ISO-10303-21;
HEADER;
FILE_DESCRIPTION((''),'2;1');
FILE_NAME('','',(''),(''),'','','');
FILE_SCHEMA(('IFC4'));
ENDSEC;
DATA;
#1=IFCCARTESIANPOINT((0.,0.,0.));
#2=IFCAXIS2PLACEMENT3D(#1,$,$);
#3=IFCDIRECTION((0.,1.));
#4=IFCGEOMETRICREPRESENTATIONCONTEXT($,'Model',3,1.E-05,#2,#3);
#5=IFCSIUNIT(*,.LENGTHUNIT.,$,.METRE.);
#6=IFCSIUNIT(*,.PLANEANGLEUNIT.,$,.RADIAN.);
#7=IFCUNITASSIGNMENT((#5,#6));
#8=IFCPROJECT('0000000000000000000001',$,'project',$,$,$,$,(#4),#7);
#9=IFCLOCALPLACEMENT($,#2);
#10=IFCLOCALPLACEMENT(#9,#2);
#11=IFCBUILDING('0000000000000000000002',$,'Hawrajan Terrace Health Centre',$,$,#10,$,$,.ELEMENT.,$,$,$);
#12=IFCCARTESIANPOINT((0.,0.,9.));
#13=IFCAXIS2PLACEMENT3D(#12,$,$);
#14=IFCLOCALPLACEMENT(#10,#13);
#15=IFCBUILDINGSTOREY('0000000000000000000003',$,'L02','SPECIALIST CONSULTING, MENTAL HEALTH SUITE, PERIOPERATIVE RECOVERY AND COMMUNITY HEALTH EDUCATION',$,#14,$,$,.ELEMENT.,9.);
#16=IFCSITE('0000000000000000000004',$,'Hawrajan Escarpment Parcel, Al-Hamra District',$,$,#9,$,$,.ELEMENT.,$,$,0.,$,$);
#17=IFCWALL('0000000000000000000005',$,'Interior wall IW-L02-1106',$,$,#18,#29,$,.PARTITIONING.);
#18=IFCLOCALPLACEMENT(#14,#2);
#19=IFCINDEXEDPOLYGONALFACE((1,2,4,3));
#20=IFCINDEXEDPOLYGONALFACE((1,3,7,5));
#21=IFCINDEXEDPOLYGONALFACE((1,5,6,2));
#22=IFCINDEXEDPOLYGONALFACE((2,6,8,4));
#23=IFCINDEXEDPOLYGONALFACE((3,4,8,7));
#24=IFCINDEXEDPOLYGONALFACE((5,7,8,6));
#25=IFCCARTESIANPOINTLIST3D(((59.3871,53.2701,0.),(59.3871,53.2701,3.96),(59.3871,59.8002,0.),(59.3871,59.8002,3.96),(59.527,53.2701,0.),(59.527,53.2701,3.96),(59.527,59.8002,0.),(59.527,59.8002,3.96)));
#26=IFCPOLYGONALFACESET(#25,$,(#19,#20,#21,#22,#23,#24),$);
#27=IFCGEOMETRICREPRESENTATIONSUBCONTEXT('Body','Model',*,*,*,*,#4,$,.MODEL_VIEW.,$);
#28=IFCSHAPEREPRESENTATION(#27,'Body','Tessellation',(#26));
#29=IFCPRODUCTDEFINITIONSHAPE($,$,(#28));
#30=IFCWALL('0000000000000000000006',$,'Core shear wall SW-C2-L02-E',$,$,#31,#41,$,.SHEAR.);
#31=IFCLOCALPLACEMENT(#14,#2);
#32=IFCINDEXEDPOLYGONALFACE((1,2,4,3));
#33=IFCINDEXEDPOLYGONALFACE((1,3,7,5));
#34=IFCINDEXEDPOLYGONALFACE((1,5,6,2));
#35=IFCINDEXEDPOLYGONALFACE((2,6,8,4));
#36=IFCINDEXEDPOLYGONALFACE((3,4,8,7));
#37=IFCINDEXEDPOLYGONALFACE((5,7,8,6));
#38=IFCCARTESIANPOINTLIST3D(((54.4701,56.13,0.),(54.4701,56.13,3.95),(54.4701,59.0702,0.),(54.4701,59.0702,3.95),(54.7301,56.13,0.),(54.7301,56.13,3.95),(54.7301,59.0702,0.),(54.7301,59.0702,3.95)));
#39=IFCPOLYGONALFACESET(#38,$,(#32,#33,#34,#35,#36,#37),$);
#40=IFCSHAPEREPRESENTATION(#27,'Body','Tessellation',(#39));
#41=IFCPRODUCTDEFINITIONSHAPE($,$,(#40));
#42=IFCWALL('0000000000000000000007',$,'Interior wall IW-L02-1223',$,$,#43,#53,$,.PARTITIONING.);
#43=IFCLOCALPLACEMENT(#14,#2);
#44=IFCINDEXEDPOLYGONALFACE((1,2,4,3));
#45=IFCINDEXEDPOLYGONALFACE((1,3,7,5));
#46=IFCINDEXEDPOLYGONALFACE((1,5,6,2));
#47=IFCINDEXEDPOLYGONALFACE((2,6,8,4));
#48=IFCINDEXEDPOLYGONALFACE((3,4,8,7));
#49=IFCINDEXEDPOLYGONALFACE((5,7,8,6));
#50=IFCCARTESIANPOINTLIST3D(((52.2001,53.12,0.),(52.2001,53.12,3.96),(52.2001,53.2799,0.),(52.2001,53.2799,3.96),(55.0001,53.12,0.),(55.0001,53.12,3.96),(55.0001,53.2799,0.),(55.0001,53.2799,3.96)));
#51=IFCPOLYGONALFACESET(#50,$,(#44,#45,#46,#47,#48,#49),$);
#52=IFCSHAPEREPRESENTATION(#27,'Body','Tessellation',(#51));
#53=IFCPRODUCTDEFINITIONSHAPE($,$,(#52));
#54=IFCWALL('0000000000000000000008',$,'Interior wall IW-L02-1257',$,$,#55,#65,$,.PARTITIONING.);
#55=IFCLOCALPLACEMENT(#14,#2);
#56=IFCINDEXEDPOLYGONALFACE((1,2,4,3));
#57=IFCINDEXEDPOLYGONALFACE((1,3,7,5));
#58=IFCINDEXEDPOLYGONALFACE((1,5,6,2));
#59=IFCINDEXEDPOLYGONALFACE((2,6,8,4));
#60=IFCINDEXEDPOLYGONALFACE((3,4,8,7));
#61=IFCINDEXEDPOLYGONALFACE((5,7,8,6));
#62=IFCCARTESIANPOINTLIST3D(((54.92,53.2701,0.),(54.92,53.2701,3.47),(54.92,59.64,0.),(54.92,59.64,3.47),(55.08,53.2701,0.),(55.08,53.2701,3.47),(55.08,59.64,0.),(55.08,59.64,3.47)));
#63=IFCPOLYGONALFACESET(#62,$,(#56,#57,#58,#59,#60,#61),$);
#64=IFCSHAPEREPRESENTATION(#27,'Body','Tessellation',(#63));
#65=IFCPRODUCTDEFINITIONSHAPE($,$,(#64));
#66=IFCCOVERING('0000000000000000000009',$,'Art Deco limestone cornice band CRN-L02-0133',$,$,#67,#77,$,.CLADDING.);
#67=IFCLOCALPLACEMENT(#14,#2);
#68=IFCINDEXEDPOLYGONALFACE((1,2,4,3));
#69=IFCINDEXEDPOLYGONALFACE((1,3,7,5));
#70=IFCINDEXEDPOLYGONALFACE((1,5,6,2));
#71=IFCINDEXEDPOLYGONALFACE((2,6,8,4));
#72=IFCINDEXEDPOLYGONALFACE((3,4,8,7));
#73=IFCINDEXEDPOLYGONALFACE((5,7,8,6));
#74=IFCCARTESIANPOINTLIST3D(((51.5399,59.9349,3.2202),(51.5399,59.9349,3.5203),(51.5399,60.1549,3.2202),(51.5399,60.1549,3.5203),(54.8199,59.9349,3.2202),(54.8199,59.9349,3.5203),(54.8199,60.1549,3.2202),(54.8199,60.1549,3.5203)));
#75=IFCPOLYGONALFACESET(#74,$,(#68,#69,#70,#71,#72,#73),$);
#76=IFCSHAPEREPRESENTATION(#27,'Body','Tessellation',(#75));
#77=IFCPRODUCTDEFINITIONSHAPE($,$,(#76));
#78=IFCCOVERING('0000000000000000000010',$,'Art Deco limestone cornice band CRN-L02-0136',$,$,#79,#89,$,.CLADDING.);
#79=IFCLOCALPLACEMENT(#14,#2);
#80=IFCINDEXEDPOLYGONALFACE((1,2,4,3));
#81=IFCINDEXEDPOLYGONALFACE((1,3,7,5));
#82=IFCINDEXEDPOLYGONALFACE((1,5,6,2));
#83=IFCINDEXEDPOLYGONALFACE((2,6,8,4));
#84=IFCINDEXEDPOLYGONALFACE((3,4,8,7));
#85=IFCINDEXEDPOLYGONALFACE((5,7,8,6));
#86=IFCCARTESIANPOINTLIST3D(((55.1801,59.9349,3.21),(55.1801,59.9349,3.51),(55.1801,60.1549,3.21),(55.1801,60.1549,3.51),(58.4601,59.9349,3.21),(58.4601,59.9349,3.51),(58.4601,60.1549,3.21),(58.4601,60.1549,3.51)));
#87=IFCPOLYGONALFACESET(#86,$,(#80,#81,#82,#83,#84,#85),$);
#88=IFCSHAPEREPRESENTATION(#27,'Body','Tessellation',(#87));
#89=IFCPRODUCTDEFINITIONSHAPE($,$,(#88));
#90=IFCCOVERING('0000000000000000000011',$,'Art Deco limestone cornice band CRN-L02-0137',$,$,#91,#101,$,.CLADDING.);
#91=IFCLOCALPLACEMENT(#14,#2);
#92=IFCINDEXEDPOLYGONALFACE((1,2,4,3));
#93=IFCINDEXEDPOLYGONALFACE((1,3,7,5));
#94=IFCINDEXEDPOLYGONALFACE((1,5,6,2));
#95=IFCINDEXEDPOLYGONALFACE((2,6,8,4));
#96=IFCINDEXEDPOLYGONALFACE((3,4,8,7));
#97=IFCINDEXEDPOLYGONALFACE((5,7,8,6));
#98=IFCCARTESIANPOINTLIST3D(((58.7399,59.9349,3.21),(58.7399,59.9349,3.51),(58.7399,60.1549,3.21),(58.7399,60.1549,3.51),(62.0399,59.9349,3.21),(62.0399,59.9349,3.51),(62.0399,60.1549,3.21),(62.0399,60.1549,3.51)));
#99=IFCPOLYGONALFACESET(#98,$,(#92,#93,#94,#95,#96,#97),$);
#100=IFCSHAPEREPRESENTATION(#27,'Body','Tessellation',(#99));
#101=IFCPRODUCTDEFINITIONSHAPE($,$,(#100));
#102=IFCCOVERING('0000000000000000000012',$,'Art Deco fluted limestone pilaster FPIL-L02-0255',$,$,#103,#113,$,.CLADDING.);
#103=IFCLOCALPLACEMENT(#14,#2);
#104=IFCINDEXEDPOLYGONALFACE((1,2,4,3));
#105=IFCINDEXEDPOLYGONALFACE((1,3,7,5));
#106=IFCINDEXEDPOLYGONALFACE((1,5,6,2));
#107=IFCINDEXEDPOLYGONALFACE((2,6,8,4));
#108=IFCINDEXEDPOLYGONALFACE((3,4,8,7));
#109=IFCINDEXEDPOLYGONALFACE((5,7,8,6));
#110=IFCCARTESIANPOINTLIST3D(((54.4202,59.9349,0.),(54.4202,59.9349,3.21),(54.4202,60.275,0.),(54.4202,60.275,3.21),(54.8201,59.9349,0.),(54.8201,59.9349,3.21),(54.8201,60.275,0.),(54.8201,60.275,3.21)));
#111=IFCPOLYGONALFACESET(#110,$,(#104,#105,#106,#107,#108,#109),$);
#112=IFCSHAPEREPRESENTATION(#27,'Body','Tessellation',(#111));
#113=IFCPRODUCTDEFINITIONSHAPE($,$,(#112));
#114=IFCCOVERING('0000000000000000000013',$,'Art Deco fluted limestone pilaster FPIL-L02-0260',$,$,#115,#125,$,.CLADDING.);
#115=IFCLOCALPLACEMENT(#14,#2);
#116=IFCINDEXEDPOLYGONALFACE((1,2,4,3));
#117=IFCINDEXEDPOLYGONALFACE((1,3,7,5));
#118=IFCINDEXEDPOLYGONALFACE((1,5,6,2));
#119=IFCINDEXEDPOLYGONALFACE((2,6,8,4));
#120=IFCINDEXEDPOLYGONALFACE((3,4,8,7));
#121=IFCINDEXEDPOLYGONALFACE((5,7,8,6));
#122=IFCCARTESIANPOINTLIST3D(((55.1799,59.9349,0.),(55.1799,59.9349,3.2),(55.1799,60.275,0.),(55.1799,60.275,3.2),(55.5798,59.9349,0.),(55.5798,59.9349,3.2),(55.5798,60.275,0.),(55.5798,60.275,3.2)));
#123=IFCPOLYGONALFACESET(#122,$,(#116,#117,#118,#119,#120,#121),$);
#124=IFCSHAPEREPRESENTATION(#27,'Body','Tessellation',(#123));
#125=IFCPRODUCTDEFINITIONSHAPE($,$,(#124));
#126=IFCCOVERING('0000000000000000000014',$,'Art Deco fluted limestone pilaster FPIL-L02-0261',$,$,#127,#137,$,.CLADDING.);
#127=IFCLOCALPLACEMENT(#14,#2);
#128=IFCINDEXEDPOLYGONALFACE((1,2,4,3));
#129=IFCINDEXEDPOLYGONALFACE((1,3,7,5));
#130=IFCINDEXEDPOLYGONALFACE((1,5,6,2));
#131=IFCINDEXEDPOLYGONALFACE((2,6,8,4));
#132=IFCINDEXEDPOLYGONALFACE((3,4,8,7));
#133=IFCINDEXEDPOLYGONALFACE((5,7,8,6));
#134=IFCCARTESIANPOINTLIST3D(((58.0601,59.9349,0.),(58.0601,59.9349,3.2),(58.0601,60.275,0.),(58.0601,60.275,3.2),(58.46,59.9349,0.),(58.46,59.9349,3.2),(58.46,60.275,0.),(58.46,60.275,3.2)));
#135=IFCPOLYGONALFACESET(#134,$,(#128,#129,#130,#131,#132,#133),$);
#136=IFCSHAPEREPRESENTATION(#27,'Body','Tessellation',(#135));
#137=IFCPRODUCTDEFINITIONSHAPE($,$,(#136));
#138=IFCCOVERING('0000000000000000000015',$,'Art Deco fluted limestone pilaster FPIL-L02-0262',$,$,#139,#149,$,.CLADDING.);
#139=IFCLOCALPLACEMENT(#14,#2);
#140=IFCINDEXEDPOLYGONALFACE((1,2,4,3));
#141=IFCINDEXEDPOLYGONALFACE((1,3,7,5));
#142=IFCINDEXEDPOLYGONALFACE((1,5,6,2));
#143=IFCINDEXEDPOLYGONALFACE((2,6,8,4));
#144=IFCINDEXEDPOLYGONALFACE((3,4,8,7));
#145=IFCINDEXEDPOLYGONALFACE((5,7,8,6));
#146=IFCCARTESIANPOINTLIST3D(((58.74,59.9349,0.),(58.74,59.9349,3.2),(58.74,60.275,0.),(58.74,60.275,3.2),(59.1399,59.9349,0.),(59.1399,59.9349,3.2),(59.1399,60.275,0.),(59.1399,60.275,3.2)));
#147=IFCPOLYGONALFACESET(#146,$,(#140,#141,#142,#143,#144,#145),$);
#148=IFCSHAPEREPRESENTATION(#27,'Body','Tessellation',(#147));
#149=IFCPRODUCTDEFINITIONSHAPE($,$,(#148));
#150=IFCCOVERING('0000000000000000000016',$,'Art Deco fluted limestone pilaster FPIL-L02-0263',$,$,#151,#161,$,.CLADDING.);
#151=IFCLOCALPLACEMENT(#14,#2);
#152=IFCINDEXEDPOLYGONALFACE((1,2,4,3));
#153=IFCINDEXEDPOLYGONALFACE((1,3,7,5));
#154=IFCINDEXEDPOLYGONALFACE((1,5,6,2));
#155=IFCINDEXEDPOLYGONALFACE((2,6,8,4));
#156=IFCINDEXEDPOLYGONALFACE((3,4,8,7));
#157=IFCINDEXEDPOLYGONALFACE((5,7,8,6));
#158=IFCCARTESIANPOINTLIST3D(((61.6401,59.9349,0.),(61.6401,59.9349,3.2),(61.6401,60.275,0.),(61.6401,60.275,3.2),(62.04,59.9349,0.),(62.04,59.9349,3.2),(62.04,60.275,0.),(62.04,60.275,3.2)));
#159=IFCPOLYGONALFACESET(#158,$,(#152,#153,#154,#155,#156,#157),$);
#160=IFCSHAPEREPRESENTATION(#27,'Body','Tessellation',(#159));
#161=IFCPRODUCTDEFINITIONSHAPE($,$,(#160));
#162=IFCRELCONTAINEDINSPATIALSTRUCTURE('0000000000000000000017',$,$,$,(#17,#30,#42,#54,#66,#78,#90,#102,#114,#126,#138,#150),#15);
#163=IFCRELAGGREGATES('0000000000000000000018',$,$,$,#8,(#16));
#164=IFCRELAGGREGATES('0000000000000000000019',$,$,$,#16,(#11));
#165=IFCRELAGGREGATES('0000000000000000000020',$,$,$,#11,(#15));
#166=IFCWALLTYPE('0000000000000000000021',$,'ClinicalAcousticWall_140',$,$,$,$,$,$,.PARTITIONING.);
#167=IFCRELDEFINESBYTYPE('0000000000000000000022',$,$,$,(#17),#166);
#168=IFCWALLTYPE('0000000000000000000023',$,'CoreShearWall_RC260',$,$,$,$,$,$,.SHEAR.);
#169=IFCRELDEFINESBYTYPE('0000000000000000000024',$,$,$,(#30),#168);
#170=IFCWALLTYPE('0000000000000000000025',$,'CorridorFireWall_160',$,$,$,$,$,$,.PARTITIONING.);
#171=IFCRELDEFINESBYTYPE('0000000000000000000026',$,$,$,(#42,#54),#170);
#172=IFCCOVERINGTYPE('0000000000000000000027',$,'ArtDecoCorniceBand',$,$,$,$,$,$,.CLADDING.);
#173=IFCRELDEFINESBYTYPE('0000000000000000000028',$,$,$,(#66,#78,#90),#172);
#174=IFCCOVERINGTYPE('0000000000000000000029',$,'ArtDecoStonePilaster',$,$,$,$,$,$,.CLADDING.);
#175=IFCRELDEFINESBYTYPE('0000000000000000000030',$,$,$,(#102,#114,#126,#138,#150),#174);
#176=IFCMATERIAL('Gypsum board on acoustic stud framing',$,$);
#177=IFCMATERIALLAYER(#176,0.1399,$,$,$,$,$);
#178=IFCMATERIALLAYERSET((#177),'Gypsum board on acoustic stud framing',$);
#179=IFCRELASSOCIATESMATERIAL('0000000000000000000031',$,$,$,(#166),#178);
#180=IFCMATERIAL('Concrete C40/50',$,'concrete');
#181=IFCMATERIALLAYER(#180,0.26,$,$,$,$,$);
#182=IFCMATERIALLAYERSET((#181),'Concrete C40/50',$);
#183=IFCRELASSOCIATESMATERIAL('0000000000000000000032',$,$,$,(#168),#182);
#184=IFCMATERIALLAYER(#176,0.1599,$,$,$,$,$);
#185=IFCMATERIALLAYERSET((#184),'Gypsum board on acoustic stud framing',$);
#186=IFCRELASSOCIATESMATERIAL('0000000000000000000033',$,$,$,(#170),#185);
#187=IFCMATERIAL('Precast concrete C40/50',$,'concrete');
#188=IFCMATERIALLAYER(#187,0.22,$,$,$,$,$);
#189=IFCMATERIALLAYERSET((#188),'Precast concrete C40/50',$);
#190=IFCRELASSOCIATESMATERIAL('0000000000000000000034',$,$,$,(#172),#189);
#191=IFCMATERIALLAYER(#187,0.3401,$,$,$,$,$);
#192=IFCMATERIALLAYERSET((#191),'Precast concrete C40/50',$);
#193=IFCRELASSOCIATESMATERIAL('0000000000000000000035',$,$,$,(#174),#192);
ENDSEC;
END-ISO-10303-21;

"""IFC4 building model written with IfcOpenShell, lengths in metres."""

from ifc_helpers import new_model, si_unit, direction, frame, frame_2d, origin, origin_2d, place, context, subcontext, project, spatial, rectangle, extrude, material, layer, layer_set, type_object, element, save


model = new_model("IFC4")

# Units and contexts
model_context = context("Model", 3, precision=1e-05, world=origin(), true_north=direction((0.0, 1.0)))
body_context = subcontext(model_context, "Body", "Model", "MODEL_VIEW")
ifc_project = project(units=[si_unit("LENGTHUNIT", "METRE"), si_unit("PLANEANGLEUNIT", "RADIAN")], contexts=[model_context])

# Site, building, storey
site_placement = place(None, origin())
site = spatial("IfcSite", under=ifc_project, at=site_placement, Name="Hawrajan Escarpment Parcel, Al-Hamra District", CompositionType="ELEMENT", RefElevation=0.0)
building_placement = place(site_placement, origin())
building = spatial("IfcBuilding", under=site, at=building_placement, Name="Hawrajan Terrace Health Centre", CompositionType="ELEMENT")
storey_placement = place(building_placement, frame((0.0, 0.0, 9.0)))
storey = spatial("IfcBuildingStorey", under=building, at=storey_placement, Name="L02", Description="SPECIALIST CONSULTING, MENTAL HEALTH SUITE, PERIOPERATIVE RECOVERY AND COMMUNITY HEALTH EDUCATION", CompositionType="ELEMENT", Elevation=9.0)

# Shared definitions
ifc_material_1 = material(Name="Precast concrete C40/50", Category="concrete")

# Shared definitions
ifc_material_2 = material(Name="Gypsum board on acoustic stud framing")
ifc_layer_1 = layer(ifc_material_2, 0.1399)
ifc_layer_set_1 = layer_set([ifc_layer_1], Name="Gypsum board on acoustic stud framing")
wall_type_1 = type_object("IfcWallType", Name="ClinicalAcousticWall_140", PredefinedType="PARTITIONING", material=ifc_layer_set_1)

# Wall
wall_1_placement = place(storey_placement, frame((59.457, 53.27, 0.0), z_axis=(0.0, 0.0, 1.0), x_axis=(0.0, 1.0, 0.0)))
element("IfcWall", 1, at=wall_1_placement, inside=storey, type_object=wall_type_1, Name="Interior wall IW-L02-1106", PredefinedType="PARTITIONING", context=body_context, shape_type="SweptSolid", body=[
    extrude(rectangle(XDim=6.53, YDim=0.1399, at=frame_2d((3.2651, 0.0))), origin(), (0.0, 0.0, 1.0), 3.96),
])

# Walls
ifc_material_3 = material(Name="Concrete C40/50", Category="concrete")
ifc_layer_2 = layer(ifc_material_3, 0.26)
ifc_layer_set_2 = layer_set([ifc_layer_2], Name="Concrete C40/50")
wall_type_2 = type_object("IfcWallType", Name="CoreShearWall_RC260", PredefinedType="SHEAR", material=ifc_layer_set_2)
wall_2_placement = place(storey_placement, frame((54.6001, 56.1299, 0.0), z_axis=(0.0, 0.0, 1.0), x_axis=(0.0, 1.0, 0.0)))
element("IfcWall", 2, at=wall_2_placement, inside=storey, type_object=wall_type_2, Name="Core shear wall SW-C2-L02-E", PredefinedType="SHEAR", context=body_context, shape_type="SweptSolid", body=[
    extrude(rectangle(XDim=2.9402, YDim=0.26, at=frame_2d((1.4702, 0.0))), origin(), (0.0, 0.0, 1.0), 3.95),
])
ifc_layer_3 = layer(ifc_material_2, 0.1599)
ifc_layer_set_3 = layer_set([ifc_layer_3], Name="Gypsum board on acoustic stud framing")
wall_type_3 = type_object("IfcWallType", Name="CorridorFireWall_160", PredefinedType="PARTITIONING", material=ifc_layer_set_3)
wall_3_placement = place(storey_placement, frame((55.0, 53.2, 0.0), z_axis=(0.0, 0.0, 1.0), x_axis=(-1.0, 0.0, 0.0)))
element("IfcWall", 3, at=wall_3_placement, inside=storey, type_object=wall_type_3, Name="Interior wall IW-L02-1223", PredefinedType="PARTITIONING", context=body_context, shape_type="SweptSolid", body=[
    extrude(rectangle(XDim=2.8, YDim=0.1599, at=frame_2d((1.3999, 0.0))), origin(), (0.0, 0.0, 1.0), 3.96),
])
wall_4_placement = place(storey_placement, frame((55.0, 53.27, 0.0), z_axis=(0.0, 0.0, 1.0), x_axis=(0.0, 1.0, 0.0)))
element("IfcWall", 4, at=wall_4_placement, inside=storey, type_object=wall_type_3, Name="Interior wall IW-L02-1257", PredefinedType="PARTITIONING", context=body_context, shape_type="SweptSolid", body=[
    extrude(rectangle(XDim=6.3699, YDim=0.1599, at=frame_2d((3.1851, 0.0))), origin(), (0.0, 0.0, 1.0), 3.47),
])

# Coverings
ifc_layer_4 = layer(ifc_material_1, 0.22)
ifc_layer_set_4 = layer_set([ifc_layer_4], Name="Precast concrete C40/50")
covering_type_1 = type_object("IfcCoveringType", Name="ArtDecoCorniceBand", PredefinedType="CLADDING", material=ifc_layer_set_4)
for number, where, z_axis, x_axis, name in (
    (5, (53.1799, 60.0449, 3.2202), (0.0, 0.0, 1.0), (1.0, 0.0, 0.0), "Art Deco limestone cornice band CRN-L02-0133"),
    (6, (56.8201, 60.0449, 3.21), (0.0, 0.0, 1.0), (1.0, 0.0, 0.0), "Art Deco limestone cornice band CRN-L02-0136"),
):
    element("IfcCovering", number, at=place(storey_placement, frame(where, z_axis=z_axis, x_axis=x_axis)), inside=storey, type_object=covering_type_1, Name=name, PredefinedType="CLADDING", context=body_context, shape_type="SweptSolid", body=[
        extrude(rectangle(XDim=3.28, YDim=0.22, at=origin_2d()), origin(), (0.0, 0.0, 1.0), 0.3),
    ])
covering_1_placement = place(storey_placement, frame((60.3899, 60.0449, 3.21), z_axis=(0.0, 0.0, 1.0), x_axis=(1.0, 0.0, 0.0)))
element("IfcCovering", 7, at=covering_1_placement, inside=storey, type_object=covering_type_1, Name="Art Deco limestone cornice band CRN-L02-0137", PredefinedType="CLADDING", context=body_context, shape_type="SweptSolid", body=[
    extrude(rectangle(XDim=3.3, YDim=0.22, at=origin_2d()), origin(), (0.0, 0.0, 1.0), 0.3),
])
ifc_layer_5 = layer(ifc_material_1, 0.3401)
ifc_layer_set_5 = layer_set([ifc_layer_5], Name="Precast concrete C40/50")
covering_type_2 = type_object("IfcCoveringType", Name="ArtDecoStonePilaster", PredefinedType="CLADDING", material=ifc_layer_set_5)
covering_2_placement = place(storey_placement, frame((54.6201, 60.105, 0.0), z_axis=(0.0, 0.0, 1.0), x_axis=(1.0, 0.0, 0.0)))
element("IfcCovering", 8, at=covering_2_placement, inside=storey, type_object=covering_type_2, Name="Art Deco fluted limestone pilaster FPIL-L02-0255", PredefinedType="CLADDING", context=body_context, shape_type="SweptSolid", body=[
    extrude(rectangle(XDim=0.3999, YDim=0.3401, at=origin_2d()), origin(), (0.0, 0.0, 1.0), 3.21),
])
for number, where, z_axis, x_axis, name in (
    (9, (55.3799, 60.105, 0.0), (0.0, 0.0, 1.0), (1.0, 0.0, 0.0), "Art Deco fluted limestone pilaster FPIL-L02-0260"),
    (10, (58.26, 60.105, 0.0), (0.0, 0.0, 1.0), (1.0, 0.0, 0.0), "Art Deco fluted limestone pilaster FPIL-L02-0261"),
    (11, (58.9399, 60.105, 0.0), (0.0, 0.0, 1.0), (1.0, 0.0, 0.0), "Art Deco fluted limestone pilaster FPIL-L02-0262"),
    (12, (61.8401, 60.105, 0.0), (0.0, 0.0, 1.0), (1.0, 0.0, 0.0), "Art Deco fluted limestone pilaster FPIL-L02-0263"),
):
    element("IfcCovering", number, at=place(storey_placement, frame(where, z_axis=z_axis, x_axis=x_axis)), inside=storey, type_object=covering_type_2, Name=name, PredefinedType="CLADDING", context=body_context, shape_type="SweptSolid", body=[
        extrude(rectangle(XDim=0.3999, YDim=0.3401, at=origin_2d()), origin(), (0.0, 0.0, 1.0), 3.2),
    ])

save(model, "model.ifc")
